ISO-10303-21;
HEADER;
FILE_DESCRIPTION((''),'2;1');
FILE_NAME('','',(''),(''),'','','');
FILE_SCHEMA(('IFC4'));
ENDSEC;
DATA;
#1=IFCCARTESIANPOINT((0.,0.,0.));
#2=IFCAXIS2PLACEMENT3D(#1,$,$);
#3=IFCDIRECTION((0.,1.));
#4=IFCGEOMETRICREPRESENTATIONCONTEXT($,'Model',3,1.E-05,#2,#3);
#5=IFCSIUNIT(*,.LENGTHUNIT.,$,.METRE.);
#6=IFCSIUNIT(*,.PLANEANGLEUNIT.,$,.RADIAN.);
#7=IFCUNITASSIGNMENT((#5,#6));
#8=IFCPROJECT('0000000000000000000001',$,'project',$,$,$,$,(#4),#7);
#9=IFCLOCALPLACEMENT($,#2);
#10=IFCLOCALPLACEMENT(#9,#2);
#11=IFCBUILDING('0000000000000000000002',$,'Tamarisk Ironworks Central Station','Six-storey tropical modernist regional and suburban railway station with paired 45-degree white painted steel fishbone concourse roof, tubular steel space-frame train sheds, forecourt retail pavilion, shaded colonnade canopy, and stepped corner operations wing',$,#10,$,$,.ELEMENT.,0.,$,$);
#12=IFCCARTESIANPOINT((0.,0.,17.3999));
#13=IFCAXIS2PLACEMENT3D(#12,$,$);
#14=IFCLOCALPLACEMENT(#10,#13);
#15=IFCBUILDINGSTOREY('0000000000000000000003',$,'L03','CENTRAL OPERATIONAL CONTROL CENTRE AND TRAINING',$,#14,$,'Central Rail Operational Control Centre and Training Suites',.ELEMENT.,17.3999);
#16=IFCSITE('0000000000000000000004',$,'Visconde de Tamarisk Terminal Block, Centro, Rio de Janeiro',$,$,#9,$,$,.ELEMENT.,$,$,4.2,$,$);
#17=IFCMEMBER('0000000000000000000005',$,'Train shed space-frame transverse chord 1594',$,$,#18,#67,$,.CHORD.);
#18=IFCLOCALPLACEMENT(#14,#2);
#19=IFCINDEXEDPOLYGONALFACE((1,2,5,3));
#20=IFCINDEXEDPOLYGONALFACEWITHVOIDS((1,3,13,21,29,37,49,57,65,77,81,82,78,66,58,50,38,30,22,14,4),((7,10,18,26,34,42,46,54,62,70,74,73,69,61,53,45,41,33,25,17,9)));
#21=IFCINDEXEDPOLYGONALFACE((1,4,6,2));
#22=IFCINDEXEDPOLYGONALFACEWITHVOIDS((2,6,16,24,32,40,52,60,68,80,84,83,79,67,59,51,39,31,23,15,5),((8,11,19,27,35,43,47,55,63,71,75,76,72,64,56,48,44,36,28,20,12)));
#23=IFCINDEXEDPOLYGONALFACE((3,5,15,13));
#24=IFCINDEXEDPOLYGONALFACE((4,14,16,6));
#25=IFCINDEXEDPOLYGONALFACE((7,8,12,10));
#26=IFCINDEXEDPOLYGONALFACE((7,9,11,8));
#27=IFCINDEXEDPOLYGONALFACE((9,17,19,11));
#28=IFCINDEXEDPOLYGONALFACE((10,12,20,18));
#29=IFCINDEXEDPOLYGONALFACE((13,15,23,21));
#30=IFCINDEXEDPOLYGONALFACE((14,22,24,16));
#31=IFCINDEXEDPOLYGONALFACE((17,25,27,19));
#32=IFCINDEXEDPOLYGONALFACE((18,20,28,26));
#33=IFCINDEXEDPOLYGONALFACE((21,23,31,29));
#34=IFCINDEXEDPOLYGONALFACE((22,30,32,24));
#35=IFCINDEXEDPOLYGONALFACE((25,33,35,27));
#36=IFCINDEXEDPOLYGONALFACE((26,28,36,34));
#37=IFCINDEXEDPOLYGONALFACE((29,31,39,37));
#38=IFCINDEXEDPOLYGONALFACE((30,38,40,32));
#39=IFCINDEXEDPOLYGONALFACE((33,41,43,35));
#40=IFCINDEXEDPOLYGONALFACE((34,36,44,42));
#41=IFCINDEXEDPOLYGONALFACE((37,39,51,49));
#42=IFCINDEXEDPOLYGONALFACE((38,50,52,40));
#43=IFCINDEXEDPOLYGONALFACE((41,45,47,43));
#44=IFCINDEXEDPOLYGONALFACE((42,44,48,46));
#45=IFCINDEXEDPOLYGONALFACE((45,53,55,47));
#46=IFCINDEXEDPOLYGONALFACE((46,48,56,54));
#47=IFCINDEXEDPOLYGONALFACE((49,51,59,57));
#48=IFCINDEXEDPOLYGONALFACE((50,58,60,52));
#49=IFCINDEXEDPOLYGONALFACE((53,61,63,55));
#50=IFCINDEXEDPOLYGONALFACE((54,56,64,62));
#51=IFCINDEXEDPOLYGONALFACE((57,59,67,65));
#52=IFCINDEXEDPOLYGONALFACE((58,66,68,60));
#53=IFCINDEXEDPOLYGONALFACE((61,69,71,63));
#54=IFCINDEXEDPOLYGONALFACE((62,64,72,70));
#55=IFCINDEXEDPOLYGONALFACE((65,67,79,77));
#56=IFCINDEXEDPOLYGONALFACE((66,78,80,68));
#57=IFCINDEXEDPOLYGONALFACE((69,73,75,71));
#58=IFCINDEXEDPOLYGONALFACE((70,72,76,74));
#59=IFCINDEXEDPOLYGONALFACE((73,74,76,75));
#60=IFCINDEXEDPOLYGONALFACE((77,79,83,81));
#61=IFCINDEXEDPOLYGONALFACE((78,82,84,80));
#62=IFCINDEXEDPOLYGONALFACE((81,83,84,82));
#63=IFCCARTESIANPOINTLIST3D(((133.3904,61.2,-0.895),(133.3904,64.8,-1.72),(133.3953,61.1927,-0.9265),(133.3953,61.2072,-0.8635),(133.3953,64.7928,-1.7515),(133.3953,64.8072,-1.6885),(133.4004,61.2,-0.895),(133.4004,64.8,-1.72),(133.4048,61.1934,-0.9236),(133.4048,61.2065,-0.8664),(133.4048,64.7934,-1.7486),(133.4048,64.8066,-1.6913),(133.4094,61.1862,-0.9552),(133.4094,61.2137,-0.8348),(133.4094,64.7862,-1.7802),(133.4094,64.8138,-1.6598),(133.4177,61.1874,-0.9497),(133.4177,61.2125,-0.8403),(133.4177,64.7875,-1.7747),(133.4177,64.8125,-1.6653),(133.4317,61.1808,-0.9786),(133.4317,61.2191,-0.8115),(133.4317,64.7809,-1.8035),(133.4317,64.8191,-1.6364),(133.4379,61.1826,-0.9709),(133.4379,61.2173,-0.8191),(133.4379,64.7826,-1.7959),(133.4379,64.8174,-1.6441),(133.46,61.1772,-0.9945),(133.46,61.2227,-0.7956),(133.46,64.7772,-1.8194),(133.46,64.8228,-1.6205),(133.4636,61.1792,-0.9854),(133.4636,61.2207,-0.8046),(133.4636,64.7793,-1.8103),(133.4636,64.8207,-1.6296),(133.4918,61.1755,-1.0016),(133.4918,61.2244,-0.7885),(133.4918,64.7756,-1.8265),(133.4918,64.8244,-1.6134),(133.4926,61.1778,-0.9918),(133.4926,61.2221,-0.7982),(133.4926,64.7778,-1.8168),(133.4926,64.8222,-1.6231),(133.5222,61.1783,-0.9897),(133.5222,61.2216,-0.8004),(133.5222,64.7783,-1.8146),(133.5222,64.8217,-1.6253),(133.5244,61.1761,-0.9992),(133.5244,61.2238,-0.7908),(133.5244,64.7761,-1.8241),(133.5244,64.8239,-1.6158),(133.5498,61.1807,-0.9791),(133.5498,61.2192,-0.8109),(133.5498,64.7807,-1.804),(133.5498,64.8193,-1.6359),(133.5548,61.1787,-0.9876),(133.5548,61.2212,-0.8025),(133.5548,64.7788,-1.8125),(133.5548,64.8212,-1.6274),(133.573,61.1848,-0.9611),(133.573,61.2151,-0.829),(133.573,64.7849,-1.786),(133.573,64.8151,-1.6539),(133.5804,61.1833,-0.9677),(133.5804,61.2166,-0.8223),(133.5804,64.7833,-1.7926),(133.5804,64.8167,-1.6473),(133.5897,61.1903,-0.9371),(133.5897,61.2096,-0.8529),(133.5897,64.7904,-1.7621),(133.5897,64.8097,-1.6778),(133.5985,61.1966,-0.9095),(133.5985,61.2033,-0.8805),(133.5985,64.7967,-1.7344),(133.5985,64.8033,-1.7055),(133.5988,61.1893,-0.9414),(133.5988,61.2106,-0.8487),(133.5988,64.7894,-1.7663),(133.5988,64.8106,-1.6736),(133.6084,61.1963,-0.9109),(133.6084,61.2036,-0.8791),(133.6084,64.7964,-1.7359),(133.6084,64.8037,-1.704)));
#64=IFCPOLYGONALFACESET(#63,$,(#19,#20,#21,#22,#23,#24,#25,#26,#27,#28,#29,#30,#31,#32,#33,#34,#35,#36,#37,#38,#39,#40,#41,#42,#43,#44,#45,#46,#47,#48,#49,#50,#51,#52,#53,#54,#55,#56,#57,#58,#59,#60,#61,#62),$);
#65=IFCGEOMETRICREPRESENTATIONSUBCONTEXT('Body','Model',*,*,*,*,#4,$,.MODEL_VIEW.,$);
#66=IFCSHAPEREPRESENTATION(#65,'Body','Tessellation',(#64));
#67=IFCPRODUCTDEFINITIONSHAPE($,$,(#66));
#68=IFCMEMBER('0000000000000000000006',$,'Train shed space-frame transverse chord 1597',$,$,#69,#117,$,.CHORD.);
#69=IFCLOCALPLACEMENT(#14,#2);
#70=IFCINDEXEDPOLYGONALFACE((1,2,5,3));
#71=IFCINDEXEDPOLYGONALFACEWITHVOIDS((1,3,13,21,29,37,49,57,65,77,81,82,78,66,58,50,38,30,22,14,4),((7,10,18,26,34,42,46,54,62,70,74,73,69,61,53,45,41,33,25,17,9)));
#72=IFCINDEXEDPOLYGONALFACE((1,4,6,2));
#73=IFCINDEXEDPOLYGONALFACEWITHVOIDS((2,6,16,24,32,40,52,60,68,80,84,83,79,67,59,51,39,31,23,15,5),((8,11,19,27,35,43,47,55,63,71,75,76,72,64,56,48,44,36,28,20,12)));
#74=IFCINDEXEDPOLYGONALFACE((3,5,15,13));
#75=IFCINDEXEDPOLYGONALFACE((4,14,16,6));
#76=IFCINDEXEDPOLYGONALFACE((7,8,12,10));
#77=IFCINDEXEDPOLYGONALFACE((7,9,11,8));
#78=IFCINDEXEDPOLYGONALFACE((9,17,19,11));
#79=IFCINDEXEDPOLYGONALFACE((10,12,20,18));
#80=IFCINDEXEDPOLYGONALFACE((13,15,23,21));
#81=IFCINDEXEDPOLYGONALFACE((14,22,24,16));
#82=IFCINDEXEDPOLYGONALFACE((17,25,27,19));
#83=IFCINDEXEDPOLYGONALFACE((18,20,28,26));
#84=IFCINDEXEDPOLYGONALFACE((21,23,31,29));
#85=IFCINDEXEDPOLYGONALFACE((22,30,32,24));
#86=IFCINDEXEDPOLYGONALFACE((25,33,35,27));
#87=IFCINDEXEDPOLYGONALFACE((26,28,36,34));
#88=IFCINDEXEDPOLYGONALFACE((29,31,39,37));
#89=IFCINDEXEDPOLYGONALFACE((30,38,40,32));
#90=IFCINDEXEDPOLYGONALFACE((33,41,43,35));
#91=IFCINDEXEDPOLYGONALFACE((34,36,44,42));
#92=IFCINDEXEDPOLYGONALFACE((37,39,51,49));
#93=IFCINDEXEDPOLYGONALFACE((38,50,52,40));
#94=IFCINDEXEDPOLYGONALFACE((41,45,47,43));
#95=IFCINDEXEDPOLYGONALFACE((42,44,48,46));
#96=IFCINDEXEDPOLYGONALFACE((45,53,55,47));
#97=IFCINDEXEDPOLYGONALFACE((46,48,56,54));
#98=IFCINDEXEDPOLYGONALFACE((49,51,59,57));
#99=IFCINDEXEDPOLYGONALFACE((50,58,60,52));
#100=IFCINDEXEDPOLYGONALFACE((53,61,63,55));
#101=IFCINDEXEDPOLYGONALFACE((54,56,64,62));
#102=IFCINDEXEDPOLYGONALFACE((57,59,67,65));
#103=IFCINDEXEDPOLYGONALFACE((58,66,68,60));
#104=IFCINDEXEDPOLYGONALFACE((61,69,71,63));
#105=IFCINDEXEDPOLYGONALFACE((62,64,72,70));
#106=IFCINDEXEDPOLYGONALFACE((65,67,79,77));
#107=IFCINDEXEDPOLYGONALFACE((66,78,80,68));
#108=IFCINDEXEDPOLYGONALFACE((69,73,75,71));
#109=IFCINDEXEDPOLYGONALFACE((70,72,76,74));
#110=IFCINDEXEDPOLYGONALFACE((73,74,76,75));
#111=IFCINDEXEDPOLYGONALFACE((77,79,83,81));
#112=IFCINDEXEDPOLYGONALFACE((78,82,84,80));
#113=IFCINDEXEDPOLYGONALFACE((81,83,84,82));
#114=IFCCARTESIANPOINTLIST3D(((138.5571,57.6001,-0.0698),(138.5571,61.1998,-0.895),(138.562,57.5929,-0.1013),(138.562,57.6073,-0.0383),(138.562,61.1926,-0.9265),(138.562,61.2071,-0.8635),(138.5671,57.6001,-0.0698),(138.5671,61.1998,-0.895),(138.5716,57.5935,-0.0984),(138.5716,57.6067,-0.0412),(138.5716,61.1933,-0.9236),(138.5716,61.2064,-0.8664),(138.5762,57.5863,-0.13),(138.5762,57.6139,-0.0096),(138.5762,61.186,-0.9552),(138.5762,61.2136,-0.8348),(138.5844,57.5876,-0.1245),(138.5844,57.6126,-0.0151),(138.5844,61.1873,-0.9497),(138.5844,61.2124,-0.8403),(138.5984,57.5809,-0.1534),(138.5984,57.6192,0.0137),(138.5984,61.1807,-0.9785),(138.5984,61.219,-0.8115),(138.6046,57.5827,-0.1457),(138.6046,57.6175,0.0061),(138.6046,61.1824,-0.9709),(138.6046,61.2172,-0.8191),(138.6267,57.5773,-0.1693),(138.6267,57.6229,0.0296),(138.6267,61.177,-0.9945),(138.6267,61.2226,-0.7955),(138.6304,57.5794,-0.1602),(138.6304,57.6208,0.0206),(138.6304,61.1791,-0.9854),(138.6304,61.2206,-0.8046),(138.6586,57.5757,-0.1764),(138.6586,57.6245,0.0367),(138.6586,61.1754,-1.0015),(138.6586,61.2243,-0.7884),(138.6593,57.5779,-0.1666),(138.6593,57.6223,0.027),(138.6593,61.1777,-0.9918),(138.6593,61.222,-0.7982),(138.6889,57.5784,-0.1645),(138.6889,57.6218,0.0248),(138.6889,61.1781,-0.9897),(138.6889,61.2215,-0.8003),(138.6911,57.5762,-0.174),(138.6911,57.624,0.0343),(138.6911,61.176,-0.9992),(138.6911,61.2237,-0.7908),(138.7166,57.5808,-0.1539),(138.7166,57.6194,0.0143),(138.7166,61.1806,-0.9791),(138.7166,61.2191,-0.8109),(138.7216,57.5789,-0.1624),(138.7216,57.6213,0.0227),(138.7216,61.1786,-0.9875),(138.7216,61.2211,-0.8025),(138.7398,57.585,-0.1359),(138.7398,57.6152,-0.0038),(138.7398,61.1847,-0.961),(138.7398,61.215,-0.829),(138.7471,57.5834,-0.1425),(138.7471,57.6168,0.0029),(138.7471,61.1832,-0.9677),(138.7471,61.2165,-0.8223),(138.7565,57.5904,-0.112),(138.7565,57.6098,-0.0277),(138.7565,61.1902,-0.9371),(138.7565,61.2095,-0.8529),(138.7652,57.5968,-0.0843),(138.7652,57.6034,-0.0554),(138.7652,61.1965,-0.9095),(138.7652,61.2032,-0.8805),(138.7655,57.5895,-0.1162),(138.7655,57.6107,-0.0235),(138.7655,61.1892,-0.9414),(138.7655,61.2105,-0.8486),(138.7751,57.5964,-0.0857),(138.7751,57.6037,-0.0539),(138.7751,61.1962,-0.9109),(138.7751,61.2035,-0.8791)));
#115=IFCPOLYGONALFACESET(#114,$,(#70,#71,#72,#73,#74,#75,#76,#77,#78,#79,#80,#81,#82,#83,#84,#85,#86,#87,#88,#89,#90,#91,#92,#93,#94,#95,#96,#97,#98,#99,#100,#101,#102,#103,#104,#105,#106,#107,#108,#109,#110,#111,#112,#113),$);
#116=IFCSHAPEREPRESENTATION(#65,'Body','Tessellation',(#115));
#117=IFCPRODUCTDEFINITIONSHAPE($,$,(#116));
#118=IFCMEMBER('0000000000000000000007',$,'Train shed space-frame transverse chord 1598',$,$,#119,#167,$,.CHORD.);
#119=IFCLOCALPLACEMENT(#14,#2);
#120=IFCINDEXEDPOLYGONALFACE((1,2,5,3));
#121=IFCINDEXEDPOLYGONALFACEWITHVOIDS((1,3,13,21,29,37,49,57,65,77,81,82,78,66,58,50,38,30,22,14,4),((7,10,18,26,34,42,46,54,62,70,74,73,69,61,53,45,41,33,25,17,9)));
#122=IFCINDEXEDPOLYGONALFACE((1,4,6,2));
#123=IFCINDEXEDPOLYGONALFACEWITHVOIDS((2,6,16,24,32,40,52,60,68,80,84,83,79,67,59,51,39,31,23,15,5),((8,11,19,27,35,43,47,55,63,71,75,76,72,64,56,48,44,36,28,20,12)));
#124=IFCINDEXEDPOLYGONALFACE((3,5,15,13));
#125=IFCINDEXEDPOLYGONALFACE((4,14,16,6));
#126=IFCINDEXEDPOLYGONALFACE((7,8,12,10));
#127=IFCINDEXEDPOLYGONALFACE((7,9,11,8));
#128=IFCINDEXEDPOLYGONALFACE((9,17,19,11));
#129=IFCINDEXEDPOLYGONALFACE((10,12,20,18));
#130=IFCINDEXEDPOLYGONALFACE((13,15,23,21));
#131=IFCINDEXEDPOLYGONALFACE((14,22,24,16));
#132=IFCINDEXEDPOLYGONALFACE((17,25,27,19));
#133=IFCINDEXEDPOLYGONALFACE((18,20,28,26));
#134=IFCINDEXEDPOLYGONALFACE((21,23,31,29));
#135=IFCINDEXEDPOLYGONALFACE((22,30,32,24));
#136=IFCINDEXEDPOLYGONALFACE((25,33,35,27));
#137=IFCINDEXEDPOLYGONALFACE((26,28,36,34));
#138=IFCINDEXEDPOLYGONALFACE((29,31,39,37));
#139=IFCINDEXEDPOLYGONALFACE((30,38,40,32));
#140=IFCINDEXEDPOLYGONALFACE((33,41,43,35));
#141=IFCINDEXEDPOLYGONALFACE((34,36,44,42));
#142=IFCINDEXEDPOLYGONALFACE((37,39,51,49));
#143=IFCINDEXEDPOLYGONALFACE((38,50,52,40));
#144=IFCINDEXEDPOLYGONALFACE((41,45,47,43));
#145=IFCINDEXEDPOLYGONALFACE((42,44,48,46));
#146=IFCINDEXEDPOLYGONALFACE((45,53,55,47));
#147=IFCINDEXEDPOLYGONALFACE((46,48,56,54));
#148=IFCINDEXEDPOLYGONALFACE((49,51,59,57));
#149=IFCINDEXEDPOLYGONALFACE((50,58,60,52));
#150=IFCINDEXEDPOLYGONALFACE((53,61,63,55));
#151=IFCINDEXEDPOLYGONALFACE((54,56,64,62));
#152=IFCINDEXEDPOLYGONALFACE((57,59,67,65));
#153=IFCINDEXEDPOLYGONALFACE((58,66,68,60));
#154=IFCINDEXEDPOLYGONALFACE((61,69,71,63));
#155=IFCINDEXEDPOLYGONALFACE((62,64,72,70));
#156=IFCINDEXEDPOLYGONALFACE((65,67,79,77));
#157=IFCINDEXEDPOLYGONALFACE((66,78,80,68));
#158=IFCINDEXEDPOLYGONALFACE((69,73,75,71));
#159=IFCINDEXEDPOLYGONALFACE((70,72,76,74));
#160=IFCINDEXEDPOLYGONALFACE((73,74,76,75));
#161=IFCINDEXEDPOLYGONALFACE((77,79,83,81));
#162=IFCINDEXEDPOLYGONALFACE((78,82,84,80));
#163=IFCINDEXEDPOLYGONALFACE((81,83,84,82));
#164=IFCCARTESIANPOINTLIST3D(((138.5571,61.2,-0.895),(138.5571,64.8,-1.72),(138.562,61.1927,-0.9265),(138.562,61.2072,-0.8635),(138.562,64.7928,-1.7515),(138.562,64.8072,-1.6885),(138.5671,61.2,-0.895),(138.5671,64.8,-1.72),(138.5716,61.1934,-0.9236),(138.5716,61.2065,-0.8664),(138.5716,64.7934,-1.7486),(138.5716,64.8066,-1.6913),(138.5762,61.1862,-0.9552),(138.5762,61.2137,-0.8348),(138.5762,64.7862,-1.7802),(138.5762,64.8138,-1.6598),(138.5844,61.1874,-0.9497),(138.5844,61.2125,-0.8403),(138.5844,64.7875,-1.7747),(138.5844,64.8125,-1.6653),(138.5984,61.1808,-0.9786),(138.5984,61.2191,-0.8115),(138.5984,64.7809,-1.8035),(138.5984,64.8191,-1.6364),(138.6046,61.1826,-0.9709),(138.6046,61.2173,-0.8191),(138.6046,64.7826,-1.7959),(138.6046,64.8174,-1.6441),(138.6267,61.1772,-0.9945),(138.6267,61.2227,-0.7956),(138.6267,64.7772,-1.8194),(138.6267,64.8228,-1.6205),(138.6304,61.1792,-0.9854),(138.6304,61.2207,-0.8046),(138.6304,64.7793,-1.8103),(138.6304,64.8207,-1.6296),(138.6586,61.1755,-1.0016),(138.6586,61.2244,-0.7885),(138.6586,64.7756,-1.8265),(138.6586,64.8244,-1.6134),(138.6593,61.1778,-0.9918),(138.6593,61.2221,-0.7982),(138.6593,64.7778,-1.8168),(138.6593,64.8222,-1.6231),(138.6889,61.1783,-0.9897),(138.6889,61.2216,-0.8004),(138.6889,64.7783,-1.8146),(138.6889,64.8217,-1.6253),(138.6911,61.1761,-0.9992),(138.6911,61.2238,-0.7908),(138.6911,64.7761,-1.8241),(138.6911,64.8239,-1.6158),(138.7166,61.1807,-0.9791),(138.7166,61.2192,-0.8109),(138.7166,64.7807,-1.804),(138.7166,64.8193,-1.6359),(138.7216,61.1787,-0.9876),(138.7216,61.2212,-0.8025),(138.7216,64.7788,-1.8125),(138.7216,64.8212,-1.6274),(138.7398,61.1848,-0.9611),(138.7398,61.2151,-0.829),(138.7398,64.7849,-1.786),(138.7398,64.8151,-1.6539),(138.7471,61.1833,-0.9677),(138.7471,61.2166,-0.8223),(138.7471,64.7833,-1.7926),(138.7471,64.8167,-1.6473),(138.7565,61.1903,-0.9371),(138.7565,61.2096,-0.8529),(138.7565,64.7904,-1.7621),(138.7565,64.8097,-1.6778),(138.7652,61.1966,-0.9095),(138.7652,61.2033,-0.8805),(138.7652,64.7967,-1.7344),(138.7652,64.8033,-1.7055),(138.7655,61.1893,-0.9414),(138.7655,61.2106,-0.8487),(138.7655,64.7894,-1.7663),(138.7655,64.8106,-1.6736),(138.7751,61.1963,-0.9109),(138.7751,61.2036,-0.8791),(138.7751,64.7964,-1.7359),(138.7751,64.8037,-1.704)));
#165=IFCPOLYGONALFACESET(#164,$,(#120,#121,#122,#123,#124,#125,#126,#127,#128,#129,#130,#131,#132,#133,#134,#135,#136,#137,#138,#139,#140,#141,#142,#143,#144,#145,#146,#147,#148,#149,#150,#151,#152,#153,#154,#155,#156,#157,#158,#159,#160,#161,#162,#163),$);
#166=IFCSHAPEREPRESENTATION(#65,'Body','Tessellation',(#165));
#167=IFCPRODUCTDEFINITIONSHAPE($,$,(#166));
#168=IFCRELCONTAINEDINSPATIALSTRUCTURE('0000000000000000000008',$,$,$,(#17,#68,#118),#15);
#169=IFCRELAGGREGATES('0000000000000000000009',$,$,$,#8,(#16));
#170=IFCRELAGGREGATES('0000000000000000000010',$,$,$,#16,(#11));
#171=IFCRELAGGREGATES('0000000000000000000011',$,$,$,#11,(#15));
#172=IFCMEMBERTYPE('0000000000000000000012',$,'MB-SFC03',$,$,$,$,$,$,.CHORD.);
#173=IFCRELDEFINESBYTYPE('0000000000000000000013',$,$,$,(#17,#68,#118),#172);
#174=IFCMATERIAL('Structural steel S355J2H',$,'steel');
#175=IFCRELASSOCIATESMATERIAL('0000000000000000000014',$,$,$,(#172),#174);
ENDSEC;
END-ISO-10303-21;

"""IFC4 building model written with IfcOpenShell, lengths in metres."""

from ifc_helpers import new_model, si_unit, direction, frame, origin, origin_2d, place, context, subcontext, project, spatial, hollow_circle, extrude, material, material_profile, profile_set, type_object, element, save


model = new_model("IFC4")

# Units and contexts
model_context = context("Model", 3, precision=1e-05, world=origin(), true_north=direction((0.0, 1.0)))
body_context = subcontext(model_context, "Body", "Model", "MODEL_VIEW")
ifc_project = project(units=[si_unit("LENGTHUNIT", "METRE"), si_unit("PLANEANGLEUNIT", "RADIAN")], contexts=[model_context])

# Site, building, storey
site_placement = place(None, origin())
site = spatial("IfcSite", under=ifc_project, at=site_placement, Name="Visconde de Tamarisk Terminal Block, Centro, Rio de Janeiro", CompositionType="ELEMENT", RefElevation=4.2)
building_placement = place(site_placement, origin())
building = spatial("IfcBuilding", under=site, at=building_placement, Name="Tamarisk Ironworks Central Station", Description="Six-storey tropical modernist regional and suburban railway station with paired 45-degree white painted steel fishbone concourse roof, tubular steel space-frame train sheds, forecourt retail pavilion, shaded colonnade canopy, and stepped corner operations wing", CompositionType="ELEMENT", ElevationOfRefHeight=0.0)
storey_placement = place(building_placement, frame((0.0, 0.0, 17.3999)))
storey = spatial("IfcBuildingStorey", under=building, at=storey_placement, Name="L03", Description="CENTRAL OPERATIONAL CONTROL CENTRE AND TRAINING", LongName="Central Rail Operational Control Centre and Training Suites", CompositionType="ELEMENT", Elevation=17.3999)

# Members
ifc_material = material(Name="Structural steel S355J2H", Category="steel")
ifc_material_profile_1 = material_profile(ifc_material, hollow_circle(Radius=0.1096, WallThickness=0.01, at=origin_2d()), Name="CHS 219.1x10")
ifc_profile_set_1 = profile_set([ifc_material_profile_1], Name="Structural steel S355J2H")
member_type_1 = type_object("IfcMemberType", Name="MB-SFC03", PredefinedType="CHORD", material=ifc_profile_set_1)
member_1_placement = place(storey_placement, frame((133.5, 61.2, -0.895), z_axis=(0.0, 0.974737, -0.223358), x_axis=(-1.0, 0.0, 0.0)))
element("IfcMember", 1, at=member_1_placement, inside=storey, type_object=member_type_1, Name="Train shed space-frame transverse chord 1594", PredefinedType="CHORD", context=body_context, shape_type="SweptSolid", body=[
    extrude(hollow_circle(Radius=0.1096, WallThickness=0.01, at=origin_2d()), origin(), (0.0, 0.0, 1.0), 3.6934),
])
member_2_placement = place(storey_placement, frame((138.6667, 57.6001, -0.0698), z_axis=(0.0, 0.974719, -0.223435), x_axis=(-1.0, 0.0, 0.0)))
element("IfcMember", 2, at=member_2_placement, inside=storey, type_object=member_type_1, Name="Train shed space-frame transverse chord 1597", PredefinedType="CHORD", context=body_context, shape_type="SweptSolid", body=[
    extrude(hollow_circle(Radius=0.1096, WallThickness=0.01, at=origin_2d()), origin(), (0.0, 0.0, 1.0), 3.6931),
])
member_3_placement = place(storey_placement, frame((138.6667, 61.2, -0.895), z_axis=(0.0, 0.974737, -0.223358), x_axis=(-1.0, 0.0, 0.0)))
element("IfcMember", 3, at=member_3_placement, inside=storey, type_object=member_type_1, Name="Train shed space-frame transverse chord 1598", PredefinedType="CHORD", context=body_context, shape_type="SweptSolid", body=[
    extrude(hollow_circle(Radius=0.1096, WallThickness=0.01, at=origin_2d()), origin(), (0.0, 0.0, 1.0), 3.6934),
])

save(model, "model.ifc")
